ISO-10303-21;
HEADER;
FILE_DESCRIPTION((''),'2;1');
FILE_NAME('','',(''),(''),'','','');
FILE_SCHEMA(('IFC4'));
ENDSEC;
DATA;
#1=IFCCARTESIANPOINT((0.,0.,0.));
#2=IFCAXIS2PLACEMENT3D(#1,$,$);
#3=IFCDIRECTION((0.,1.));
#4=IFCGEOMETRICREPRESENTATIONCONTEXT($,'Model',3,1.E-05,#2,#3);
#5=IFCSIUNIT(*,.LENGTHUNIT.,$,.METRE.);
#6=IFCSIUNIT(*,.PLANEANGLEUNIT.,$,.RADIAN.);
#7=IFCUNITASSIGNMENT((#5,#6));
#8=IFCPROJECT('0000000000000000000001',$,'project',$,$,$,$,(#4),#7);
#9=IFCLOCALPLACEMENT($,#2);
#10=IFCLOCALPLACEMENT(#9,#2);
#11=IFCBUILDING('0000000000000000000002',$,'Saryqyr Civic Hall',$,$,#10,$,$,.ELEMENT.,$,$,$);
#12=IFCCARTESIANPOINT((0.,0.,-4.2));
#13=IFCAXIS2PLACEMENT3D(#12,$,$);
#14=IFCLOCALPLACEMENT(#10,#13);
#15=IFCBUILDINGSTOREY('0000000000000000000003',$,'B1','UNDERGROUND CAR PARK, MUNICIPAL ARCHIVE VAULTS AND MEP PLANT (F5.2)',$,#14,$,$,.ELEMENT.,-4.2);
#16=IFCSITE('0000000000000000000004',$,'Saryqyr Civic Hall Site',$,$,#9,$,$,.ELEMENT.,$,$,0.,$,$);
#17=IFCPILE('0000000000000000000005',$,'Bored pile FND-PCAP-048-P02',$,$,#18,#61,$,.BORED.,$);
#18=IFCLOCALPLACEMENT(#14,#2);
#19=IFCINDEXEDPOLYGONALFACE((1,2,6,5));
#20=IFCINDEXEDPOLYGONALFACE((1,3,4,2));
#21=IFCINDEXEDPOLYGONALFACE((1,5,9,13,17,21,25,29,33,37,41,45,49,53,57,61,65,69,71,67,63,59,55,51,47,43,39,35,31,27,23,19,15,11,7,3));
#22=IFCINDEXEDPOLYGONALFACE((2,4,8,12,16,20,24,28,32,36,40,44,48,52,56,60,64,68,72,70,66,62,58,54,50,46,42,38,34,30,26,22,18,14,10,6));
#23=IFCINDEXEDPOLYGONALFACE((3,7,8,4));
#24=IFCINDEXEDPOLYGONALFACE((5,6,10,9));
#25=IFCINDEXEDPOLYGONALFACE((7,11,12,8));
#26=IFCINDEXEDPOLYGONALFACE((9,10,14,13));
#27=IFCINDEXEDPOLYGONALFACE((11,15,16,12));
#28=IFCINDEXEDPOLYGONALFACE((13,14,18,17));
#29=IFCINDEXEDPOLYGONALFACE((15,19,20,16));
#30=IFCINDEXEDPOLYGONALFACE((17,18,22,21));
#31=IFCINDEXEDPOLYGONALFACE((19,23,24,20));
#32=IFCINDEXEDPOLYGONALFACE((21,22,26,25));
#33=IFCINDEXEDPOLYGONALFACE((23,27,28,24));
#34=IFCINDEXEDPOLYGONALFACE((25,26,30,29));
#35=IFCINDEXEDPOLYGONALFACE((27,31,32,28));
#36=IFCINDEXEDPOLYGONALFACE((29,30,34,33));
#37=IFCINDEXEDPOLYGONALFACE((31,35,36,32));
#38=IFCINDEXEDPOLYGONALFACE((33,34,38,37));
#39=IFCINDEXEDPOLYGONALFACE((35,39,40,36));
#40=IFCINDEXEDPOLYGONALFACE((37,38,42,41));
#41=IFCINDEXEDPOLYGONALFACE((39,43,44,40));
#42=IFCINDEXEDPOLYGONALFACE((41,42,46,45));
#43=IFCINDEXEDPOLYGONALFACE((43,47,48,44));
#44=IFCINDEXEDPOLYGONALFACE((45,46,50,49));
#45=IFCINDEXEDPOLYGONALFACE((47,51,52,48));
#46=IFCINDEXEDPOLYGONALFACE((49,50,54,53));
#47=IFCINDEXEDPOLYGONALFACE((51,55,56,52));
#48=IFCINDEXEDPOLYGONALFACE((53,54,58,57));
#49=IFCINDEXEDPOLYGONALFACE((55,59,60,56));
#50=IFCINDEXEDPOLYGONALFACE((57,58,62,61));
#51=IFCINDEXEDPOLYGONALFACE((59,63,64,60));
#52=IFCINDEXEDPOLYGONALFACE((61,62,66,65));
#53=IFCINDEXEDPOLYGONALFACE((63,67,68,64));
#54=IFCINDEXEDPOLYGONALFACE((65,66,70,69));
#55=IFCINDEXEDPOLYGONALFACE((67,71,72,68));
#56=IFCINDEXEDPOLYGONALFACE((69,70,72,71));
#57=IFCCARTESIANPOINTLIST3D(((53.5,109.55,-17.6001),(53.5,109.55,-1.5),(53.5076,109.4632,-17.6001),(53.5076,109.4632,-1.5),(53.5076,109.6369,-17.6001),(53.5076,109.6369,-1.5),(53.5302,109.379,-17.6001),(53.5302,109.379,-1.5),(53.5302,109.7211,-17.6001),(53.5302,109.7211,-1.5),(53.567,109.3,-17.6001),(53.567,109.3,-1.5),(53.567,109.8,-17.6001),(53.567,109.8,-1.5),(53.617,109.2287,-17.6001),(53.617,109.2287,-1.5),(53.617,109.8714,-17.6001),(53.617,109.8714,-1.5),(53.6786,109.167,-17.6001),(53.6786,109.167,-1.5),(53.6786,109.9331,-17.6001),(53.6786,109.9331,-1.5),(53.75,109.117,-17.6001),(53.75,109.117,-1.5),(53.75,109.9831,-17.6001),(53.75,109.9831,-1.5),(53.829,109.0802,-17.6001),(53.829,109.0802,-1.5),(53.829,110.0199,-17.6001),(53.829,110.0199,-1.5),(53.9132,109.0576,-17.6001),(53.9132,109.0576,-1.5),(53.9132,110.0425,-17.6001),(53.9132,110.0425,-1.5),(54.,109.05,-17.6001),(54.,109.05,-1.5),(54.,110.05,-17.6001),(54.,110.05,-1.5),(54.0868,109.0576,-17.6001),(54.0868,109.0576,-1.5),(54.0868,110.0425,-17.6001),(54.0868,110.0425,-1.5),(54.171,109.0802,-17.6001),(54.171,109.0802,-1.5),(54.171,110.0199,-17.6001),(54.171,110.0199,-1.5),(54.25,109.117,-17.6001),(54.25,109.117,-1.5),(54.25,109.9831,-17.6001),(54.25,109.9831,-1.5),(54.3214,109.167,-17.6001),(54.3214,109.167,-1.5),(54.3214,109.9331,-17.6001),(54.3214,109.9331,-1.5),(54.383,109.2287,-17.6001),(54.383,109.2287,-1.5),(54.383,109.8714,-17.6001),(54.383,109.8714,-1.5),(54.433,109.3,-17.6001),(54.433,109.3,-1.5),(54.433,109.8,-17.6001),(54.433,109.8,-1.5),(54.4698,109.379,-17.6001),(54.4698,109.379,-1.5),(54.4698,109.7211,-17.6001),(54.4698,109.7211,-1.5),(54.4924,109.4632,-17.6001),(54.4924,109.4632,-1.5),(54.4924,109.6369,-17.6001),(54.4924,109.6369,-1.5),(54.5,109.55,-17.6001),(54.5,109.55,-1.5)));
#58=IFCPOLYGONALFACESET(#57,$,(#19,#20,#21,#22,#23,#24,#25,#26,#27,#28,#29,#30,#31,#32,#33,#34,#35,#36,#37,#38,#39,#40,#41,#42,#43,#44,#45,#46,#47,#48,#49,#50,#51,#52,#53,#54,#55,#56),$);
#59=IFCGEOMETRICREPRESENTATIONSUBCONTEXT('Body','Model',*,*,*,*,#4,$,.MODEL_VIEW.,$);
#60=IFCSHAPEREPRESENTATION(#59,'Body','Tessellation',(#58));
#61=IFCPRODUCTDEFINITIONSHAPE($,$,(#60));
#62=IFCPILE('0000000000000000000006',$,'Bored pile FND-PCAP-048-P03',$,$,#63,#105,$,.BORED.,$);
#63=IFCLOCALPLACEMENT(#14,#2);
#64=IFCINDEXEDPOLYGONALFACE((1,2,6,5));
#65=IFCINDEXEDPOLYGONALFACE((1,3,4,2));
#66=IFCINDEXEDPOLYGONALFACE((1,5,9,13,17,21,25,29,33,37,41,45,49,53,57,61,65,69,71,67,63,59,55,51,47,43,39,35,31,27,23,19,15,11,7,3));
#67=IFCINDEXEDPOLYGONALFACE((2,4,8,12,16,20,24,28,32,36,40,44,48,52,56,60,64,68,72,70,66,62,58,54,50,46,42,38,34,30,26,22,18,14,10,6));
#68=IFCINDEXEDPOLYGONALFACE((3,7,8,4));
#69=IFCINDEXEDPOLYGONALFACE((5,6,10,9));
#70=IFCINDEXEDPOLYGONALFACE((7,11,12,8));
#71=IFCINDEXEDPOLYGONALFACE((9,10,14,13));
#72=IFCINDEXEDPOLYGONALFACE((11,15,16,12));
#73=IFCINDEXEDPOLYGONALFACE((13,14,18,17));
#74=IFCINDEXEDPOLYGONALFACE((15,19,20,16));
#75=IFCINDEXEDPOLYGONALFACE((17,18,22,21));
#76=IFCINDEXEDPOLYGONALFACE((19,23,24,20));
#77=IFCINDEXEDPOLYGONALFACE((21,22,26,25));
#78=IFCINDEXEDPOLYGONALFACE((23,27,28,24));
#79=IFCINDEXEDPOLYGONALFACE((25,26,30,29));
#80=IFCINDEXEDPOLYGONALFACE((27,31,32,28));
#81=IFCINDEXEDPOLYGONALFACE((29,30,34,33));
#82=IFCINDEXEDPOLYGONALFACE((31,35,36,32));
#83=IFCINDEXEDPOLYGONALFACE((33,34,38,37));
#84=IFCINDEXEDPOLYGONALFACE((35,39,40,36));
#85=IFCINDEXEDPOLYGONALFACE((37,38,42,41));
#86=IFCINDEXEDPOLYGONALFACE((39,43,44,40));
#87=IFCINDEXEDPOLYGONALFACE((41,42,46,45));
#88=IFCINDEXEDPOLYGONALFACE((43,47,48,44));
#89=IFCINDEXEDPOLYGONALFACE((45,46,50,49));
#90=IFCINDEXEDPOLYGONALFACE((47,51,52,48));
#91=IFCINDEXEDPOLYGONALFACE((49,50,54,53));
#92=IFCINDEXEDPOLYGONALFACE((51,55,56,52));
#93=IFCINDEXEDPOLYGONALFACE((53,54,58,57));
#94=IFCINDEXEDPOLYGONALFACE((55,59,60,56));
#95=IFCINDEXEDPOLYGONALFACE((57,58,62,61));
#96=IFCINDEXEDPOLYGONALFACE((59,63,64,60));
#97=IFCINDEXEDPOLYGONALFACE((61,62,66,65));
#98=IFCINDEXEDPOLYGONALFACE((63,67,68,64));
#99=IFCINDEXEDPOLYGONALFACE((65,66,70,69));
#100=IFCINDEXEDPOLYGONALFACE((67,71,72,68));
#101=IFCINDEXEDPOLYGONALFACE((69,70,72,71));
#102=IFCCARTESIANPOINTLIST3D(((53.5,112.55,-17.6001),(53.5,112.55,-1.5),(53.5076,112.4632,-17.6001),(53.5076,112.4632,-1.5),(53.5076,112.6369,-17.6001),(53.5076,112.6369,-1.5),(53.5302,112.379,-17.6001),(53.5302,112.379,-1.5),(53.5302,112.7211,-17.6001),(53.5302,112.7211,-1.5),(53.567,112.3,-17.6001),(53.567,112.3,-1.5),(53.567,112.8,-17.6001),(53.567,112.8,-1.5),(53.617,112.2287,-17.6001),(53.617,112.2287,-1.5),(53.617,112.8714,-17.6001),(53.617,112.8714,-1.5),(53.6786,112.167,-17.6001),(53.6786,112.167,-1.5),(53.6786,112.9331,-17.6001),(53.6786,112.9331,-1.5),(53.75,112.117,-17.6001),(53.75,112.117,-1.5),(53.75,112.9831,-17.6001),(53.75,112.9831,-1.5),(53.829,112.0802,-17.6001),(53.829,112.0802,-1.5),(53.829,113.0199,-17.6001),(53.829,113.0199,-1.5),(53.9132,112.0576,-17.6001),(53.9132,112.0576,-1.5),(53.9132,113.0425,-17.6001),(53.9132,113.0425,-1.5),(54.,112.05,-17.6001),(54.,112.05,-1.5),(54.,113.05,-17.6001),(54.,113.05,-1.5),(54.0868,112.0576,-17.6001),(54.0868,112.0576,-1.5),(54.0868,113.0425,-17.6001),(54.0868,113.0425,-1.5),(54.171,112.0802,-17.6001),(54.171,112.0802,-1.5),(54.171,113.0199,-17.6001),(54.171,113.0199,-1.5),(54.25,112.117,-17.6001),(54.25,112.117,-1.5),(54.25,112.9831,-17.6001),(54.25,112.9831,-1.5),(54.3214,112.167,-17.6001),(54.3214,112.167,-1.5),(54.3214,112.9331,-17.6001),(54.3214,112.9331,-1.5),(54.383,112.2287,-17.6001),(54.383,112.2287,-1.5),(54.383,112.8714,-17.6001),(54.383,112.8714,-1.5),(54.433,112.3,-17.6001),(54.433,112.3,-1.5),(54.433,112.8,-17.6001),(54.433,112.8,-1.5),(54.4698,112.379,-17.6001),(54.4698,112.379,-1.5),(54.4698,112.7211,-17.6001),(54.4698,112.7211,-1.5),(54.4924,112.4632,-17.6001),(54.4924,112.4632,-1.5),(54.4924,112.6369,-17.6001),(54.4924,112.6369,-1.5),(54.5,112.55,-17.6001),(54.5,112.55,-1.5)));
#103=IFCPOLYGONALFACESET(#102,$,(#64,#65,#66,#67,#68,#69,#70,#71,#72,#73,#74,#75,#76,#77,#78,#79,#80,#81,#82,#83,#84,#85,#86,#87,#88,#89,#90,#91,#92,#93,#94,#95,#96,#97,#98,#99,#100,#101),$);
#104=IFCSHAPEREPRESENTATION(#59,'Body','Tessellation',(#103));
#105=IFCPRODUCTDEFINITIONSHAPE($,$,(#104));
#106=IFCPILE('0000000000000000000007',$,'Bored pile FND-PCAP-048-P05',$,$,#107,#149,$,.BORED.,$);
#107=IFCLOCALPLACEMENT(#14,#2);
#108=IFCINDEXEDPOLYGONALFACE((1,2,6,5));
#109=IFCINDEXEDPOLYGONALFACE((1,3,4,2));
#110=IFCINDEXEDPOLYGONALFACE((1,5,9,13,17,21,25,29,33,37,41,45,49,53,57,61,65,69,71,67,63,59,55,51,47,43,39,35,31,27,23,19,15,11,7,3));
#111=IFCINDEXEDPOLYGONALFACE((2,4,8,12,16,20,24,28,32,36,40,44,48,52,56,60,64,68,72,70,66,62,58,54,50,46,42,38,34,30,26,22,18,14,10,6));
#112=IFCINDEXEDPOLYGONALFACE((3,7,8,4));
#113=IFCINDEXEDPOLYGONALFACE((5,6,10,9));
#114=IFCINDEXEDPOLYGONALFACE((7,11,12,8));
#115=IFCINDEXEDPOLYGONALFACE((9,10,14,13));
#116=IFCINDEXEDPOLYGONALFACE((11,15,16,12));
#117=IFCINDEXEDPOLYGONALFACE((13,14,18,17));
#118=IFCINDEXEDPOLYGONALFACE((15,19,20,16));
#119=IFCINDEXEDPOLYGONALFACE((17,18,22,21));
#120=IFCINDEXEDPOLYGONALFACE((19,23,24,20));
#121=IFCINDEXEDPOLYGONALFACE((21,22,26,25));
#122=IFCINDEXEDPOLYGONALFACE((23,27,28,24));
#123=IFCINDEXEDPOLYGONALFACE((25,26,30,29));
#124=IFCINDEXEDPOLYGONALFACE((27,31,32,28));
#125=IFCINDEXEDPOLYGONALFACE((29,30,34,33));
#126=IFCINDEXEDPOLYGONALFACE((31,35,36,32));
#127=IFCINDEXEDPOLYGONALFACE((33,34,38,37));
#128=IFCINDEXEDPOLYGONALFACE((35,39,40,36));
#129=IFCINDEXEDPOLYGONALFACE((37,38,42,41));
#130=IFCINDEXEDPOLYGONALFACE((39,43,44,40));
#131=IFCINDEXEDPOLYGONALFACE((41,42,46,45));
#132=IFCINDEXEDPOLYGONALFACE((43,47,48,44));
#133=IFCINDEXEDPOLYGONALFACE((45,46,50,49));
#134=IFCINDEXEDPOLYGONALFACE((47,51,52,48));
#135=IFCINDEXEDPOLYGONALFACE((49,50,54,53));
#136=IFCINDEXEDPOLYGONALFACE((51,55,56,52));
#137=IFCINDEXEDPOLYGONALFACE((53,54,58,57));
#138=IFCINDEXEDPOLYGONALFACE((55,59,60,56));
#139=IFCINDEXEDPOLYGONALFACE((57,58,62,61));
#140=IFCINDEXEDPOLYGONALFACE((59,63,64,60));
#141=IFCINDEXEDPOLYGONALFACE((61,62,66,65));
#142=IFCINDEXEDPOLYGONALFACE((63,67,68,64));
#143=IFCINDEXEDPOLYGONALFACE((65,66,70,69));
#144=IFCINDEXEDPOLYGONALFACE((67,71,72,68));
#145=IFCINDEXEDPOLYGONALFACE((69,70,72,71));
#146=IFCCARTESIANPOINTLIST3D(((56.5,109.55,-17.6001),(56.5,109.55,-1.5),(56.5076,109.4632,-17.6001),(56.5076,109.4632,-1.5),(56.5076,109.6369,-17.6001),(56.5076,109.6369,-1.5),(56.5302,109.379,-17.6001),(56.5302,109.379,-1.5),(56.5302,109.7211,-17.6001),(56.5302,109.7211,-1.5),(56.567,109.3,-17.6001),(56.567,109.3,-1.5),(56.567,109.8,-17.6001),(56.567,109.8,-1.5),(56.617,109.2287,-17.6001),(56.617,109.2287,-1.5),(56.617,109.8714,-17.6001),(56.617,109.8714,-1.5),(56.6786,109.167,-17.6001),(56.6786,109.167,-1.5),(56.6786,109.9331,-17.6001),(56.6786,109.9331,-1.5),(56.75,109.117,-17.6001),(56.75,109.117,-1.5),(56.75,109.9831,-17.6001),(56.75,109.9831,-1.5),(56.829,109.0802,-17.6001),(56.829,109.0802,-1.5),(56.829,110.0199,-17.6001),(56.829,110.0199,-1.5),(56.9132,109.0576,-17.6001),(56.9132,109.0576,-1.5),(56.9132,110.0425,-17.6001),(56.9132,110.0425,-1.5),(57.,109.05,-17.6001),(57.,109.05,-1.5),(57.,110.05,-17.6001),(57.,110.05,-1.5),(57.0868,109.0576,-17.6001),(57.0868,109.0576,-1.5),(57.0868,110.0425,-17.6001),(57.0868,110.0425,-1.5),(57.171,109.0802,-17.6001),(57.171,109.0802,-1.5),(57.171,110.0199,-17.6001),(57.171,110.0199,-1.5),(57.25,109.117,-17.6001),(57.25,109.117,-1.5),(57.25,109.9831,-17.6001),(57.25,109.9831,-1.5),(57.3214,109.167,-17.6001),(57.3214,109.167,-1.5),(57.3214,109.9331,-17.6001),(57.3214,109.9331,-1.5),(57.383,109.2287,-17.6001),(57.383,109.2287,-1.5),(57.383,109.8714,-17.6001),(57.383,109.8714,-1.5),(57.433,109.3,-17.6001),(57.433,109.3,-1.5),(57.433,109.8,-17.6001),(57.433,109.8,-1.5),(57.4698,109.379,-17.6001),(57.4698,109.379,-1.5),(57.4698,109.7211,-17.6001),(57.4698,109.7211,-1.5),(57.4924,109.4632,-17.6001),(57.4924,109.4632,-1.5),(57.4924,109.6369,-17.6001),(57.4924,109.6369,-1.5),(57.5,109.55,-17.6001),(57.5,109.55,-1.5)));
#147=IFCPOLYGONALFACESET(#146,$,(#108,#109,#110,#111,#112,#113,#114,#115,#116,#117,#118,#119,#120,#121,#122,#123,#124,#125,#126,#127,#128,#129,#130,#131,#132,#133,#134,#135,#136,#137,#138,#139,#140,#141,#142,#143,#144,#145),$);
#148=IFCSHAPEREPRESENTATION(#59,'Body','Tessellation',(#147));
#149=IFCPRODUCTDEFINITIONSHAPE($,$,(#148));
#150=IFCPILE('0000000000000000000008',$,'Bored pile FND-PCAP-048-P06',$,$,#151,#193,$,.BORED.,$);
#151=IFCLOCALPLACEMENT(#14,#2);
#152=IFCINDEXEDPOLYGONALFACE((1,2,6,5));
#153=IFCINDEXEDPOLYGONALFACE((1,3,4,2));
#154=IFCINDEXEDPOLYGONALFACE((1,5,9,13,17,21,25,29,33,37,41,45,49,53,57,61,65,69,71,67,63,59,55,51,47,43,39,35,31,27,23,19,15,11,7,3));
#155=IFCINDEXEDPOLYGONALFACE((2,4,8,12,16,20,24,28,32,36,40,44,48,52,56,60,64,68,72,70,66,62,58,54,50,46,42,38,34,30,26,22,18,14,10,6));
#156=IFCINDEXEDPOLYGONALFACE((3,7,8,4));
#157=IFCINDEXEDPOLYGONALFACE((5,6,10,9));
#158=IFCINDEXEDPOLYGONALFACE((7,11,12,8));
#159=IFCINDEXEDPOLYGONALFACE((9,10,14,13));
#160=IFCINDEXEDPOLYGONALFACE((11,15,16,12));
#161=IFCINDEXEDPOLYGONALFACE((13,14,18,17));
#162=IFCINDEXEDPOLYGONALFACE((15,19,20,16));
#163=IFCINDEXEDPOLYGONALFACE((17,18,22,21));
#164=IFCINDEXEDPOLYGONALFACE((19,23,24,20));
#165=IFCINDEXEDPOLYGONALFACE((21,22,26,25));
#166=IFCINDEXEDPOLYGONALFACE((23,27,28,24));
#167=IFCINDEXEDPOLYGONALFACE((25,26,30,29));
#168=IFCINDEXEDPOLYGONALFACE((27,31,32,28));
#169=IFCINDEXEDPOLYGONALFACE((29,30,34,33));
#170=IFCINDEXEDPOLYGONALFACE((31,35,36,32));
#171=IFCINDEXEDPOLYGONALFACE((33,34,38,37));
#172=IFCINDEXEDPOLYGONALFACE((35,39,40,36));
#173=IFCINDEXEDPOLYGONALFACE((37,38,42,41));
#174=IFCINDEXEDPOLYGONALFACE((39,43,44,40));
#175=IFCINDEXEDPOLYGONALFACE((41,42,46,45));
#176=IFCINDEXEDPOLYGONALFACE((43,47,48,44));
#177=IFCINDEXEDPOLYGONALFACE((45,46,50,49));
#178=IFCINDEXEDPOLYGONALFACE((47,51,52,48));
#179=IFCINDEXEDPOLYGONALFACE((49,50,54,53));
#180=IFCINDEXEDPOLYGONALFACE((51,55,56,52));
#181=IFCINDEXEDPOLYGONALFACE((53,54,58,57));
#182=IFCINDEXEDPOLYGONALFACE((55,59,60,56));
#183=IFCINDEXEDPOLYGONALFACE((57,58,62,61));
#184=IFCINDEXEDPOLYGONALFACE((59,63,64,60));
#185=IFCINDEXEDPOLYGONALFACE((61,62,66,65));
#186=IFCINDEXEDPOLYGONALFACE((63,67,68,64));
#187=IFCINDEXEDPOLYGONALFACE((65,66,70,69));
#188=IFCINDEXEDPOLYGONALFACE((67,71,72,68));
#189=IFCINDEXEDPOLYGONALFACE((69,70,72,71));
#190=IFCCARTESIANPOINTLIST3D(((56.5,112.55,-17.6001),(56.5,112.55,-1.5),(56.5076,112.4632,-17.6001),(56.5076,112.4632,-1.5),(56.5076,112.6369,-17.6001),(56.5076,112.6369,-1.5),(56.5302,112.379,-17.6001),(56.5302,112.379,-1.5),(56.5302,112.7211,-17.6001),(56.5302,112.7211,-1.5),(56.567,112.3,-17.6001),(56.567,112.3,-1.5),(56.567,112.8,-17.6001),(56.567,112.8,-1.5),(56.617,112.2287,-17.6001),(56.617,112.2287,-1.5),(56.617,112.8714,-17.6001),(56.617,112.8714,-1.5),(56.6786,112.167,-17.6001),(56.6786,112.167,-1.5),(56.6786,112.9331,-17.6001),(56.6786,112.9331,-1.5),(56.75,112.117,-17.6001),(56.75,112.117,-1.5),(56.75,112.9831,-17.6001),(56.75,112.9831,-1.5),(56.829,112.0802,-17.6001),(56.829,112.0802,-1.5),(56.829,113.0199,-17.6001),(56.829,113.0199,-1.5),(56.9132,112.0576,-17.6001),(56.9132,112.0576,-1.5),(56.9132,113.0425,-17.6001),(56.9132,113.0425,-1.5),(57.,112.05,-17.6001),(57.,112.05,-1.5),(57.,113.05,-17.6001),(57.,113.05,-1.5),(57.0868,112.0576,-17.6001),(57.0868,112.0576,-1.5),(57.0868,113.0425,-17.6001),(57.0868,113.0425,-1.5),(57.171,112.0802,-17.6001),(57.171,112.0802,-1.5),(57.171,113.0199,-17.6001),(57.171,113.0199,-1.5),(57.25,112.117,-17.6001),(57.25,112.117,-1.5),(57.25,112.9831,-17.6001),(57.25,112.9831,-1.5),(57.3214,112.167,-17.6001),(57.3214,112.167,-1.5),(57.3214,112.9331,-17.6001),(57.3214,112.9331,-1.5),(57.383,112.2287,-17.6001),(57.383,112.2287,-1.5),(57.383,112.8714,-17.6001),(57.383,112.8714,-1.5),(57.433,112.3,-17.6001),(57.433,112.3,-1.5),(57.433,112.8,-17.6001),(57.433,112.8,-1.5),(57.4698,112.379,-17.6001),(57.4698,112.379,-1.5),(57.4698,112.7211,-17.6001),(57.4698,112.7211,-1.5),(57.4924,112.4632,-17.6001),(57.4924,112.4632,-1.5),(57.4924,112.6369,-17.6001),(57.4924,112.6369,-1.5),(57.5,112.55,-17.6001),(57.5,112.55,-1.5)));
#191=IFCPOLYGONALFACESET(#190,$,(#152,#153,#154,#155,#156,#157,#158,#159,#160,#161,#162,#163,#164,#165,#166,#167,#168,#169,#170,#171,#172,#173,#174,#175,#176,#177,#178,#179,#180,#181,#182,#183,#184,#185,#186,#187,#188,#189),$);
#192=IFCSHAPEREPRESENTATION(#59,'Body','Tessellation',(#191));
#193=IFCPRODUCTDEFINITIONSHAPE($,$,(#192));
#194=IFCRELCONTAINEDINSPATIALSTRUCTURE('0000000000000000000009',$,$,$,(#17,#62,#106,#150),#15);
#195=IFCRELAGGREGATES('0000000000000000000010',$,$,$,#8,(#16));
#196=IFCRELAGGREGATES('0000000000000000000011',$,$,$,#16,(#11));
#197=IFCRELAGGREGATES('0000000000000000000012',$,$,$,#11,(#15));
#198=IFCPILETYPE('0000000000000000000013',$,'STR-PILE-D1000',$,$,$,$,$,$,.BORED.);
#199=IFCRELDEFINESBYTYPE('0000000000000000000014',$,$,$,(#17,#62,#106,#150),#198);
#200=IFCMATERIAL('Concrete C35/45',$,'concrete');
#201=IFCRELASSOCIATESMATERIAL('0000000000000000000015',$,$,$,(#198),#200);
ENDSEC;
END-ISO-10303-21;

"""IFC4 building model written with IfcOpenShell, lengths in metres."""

from ifc_helpers import new_model, si_unit, direction, frame, origin, origin_2d, place, context, subcontext, project, spatial, circle, extrude, material, material_profile, profile_set, type_object, element, save


model = new_model("IFC4")

# Units and contexts
model_context = context("Model", 3, precision=1e-05, world=origin(), true_north=direction((0.0, 1.0)))
body_context = subcontext(model_context, "Body", "Model", "MODEL_VIEW")
ifc_project = project(units=[si_unit("LENGTHUNIT", "METRE"), si_unit("PLANEANGLEUNIT", "RADIAN")], contexts=[model_context])

# Site, building, storey
site_placement = place(None, origin())
site = spatial("IfcSite", under=ifc_project, at=site_placement, Name="Saryqyr Civic Hall Site", CompositionType="ELEMENT", RefElevation=0.0)
building_placement = place(site_placement, origin())
building = spatial("IfcBuilding", under=site, at=building_placement, Name="Saryqyr Civic Hall", CompositionType="ELEMENT")
storey_placement = place(building_placement, frame((0.0, 0.0, -4.2)))
storey = spatial("IfcBuildingStorey", under=building, at=storey_placement, Name="B1", Description="UNDERGROUND CAR PARK, MUNICIPAL ARCHIVE VAULTS AND MEP PLANT (F5.2)", CompositionType="ELEMENT", Elevation=-4.2)

# Shared definitions
ifc_material_1 = material(Name="Concrete C35/45", Category="concrete")

# Piles
ifc_material_profile_1 = material_profile(ifc_material_1, circle(Radius=0.5, at=origin_2d()), Name="BORED PILE D1000")
ifc_profile_set_1 = profile_set([ifc_material_profile_1], Name="Concrete C35/45")
pile_type = type_object("IfcPileType", Name="STR-PILE-D1000", PredefinedType="BORED", material=ifc_profile_set_1)
for number, where, z_axis, x_axis, name in (
    (1, (54.0, 109.55, -1.5), (0.0, 0.0, -1.0), (1.0, 0.0, 0.0), "Bored pile FND-PCAP-048-P02"),
    (2, (54.0, 112.55, -1.5), (0.0, 0.0, -1.0), (1.0, 0.0, 0.0), "Bored pile FND-PCAP-048-P03"),
    (3, (57.0, 109.55, -1.5), (0.0, 0.0, -1.0), (1.0, 0.0, 0.0), "Bored pile FND-PCAP-048-P05"),
    (4, (57.0, 112.55, -1.5), (0.0, 0.0, -1.0), (1.0, 0.0, 0.0), "Bored pile FND-PCAP-048-P06"),
):
    element("IfcPile", number, at=place(storey_placement, frame(where, z_axis=z_axis, x_axis=x_axis)), inside=storey, type_object=pile_type, Name=name, PredefinedType="BORED", context=body_context, shape_type="SweptSolid", body=[
        extrude(circle(Radius=0.5, at=origin_2d()), origin(), (0.0, 0.0, 1.0), 16.1001),
    ])

save(model, "model.ifc")
